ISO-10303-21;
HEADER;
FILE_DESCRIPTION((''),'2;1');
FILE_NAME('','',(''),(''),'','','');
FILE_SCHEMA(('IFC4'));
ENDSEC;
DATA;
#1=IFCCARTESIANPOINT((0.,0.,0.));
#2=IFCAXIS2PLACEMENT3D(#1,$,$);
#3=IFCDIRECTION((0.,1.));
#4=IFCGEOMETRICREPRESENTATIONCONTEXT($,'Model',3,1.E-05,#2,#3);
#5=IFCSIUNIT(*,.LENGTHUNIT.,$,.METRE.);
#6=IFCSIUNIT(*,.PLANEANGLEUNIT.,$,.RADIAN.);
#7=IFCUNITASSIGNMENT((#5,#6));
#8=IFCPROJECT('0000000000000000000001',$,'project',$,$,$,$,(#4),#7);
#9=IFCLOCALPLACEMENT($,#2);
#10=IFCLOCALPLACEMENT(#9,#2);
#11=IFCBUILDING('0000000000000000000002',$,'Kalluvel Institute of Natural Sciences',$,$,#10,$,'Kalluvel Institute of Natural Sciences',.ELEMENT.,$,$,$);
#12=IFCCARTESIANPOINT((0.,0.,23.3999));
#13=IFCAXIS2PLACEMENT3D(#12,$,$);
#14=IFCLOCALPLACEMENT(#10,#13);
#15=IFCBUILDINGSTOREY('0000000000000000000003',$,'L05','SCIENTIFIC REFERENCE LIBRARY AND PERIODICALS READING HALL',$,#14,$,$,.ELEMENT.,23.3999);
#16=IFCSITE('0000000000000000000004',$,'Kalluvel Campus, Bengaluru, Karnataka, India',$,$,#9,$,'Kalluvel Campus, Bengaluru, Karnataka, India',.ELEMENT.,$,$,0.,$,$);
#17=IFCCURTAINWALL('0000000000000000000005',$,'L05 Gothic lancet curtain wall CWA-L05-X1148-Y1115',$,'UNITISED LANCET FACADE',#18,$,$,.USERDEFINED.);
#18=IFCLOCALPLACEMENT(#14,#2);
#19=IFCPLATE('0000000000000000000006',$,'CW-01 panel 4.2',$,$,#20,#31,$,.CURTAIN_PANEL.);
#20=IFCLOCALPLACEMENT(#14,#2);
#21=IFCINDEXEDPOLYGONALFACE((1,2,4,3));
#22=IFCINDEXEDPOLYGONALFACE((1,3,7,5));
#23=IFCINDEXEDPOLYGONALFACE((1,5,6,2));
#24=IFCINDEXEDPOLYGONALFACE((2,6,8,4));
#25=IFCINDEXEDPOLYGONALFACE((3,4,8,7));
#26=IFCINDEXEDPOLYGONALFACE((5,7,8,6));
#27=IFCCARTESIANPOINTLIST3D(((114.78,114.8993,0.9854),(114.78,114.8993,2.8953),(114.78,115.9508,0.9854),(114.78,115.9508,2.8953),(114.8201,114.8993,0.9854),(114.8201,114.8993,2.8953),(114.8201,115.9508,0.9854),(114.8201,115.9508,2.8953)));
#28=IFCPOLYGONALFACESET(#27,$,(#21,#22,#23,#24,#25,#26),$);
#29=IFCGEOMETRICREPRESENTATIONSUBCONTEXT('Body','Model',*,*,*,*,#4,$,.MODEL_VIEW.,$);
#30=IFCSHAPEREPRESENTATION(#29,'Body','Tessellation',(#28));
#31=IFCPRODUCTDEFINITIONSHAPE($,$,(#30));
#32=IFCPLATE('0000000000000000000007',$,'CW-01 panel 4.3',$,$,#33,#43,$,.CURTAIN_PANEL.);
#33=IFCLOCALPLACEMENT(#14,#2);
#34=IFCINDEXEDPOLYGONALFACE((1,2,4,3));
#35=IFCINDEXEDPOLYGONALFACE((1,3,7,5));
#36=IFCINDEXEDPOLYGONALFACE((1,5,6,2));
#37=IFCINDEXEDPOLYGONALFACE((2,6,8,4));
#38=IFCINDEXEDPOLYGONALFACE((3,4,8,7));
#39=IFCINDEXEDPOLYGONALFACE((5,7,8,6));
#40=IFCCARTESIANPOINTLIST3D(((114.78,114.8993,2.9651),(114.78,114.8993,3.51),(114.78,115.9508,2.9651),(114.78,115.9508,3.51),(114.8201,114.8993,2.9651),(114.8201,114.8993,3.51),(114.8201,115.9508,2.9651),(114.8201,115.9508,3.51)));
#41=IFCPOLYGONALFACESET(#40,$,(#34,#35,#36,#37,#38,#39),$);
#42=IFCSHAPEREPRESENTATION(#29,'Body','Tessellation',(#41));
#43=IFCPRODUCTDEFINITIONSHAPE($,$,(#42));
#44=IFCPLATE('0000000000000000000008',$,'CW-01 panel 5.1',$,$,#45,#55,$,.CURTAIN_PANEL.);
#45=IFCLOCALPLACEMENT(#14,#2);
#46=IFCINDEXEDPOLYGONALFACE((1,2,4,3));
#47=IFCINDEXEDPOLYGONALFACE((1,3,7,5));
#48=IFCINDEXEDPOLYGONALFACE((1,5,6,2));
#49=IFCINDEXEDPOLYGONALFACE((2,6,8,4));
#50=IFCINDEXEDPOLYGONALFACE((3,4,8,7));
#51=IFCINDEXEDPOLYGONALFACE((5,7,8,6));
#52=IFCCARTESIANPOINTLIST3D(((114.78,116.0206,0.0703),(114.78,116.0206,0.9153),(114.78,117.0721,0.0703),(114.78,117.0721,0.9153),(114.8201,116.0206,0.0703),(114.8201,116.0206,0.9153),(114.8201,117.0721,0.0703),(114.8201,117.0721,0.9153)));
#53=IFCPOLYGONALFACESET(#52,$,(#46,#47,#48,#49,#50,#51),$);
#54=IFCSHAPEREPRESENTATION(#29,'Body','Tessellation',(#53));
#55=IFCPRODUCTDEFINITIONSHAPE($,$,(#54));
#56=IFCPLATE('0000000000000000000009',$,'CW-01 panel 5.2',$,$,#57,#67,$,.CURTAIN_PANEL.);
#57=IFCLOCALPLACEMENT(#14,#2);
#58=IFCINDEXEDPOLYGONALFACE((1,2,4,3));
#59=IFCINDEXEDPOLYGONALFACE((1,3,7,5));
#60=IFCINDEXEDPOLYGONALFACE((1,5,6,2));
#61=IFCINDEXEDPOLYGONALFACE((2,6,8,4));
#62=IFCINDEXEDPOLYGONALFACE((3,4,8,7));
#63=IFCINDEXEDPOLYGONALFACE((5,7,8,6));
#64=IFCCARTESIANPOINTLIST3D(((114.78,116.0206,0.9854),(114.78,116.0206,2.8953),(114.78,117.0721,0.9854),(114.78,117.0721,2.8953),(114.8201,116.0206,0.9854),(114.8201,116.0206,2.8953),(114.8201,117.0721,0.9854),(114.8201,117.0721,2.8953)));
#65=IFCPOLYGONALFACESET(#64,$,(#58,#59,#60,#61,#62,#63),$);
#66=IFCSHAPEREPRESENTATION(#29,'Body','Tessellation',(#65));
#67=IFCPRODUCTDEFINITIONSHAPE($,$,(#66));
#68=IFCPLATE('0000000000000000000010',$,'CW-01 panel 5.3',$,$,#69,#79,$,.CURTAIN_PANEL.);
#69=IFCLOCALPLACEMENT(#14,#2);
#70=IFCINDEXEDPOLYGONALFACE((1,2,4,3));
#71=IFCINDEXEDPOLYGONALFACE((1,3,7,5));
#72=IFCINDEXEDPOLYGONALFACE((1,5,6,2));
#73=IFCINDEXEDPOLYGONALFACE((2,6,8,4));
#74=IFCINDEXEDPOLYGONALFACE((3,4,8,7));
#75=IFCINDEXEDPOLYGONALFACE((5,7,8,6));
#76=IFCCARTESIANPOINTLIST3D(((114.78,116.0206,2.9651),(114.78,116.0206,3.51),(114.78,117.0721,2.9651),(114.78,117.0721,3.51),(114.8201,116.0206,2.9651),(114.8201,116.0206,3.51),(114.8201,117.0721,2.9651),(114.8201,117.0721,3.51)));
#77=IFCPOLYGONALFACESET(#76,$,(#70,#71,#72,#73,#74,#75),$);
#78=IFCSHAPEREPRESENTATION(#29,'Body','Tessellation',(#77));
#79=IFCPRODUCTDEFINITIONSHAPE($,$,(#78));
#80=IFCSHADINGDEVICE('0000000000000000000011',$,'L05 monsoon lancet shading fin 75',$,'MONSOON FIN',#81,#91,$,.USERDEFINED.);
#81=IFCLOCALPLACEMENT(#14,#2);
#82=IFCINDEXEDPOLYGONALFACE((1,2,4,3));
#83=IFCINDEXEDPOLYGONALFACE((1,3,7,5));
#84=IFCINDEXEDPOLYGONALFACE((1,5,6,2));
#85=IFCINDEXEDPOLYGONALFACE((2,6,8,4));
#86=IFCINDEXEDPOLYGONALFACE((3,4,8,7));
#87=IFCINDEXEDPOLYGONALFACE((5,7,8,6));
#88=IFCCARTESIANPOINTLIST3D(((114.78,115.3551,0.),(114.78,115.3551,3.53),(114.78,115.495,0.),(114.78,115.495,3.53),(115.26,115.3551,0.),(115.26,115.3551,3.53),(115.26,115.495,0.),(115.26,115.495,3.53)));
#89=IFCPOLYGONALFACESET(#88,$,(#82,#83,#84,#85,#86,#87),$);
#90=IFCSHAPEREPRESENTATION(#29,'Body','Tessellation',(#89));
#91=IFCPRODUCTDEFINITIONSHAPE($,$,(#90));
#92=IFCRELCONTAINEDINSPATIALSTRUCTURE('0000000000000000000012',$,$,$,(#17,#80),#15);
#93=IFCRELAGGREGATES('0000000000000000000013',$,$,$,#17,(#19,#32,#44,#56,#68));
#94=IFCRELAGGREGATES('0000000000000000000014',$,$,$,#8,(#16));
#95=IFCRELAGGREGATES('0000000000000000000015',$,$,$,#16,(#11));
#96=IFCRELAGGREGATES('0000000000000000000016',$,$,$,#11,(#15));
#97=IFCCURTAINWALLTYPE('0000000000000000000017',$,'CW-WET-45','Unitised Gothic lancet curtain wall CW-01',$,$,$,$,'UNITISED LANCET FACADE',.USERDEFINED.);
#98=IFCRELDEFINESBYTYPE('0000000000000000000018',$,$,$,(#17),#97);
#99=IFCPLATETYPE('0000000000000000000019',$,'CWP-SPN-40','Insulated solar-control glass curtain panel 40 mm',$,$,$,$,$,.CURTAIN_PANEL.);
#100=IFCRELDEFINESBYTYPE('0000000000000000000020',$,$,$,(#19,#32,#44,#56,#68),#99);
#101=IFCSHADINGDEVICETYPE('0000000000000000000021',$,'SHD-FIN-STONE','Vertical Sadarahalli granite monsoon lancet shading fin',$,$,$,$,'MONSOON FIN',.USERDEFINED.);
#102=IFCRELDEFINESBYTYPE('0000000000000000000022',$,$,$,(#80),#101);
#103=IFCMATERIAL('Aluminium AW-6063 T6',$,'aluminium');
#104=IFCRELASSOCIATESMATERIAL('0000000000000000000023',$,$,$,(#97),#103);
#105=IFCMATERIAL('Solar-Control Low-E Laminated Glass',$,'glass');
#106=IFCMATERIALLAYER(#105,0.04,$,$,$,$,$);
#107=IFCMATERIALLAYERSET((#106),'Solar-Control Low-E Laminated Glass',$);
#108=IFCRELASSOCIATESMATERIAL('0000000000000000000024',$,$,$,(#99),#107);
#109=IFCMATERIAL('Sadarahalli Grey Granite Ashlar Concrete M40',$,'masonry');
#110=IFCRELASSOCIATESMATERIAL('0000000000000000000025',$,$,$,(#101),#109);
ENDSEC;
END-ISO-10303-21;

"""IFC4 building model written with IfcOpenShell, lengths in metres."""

from ifc_helpers import new_model, si_unit, direction, frame, origin, origin_2d, place, context, subcontext, project, spatial, rectangle, extrude, material, layer, layer_set, type_object, element, aggregate, save


model = new_model("IFC4")

# Units and contexts
model_context = context("Model", 3, precision=1e-05, world=origin(), true_north=direction((0.0, 1.0)))
body_context = subcontext(model_context, "Body", "Model", "MODEL_VIEW")
ifc_project = project(units=[si_unit("LENGTHUNIT", "METRE"), si_unit("PLANEANGLEUNIT", "RADIAN")], contexts=[model_context])

# Site, building, storey
site_placement = place(None, origin())
site = spatial("IfcSite", under=ifc_project, at=site_placement, Name="Kalluvel Campus, Bengaluru, Karnataka, India", LongName="Kalluvel Campus, Bengaluru, Karnataka, India", CompositionType="ELEMENT", RefElevation=0.0)
building_placement = place(site_placement, origin())
building = spatial("IfcBuilding", under=site, at=building_placement, Name="Kalluvel Institute of Natural Sciences", LongName="Kalluvel Institute of Natural Sciences", CompositionType="ELEMENT")
storey_placement = place(building_placement, frame((0.0, 0.0, 23.3999)))
storey = spatial("IfcBuildingStorey", under=building, at=storey_placement, Name="L05", Description="SCIENTIFIC REFERENCE LIBRARY AND PERIODICALS READING HALL", CompositionType="ELEMENT", Elevation=23.3999)

# Curtain wall, plates
ifc_material_1 = material(Name="Aluminium AW-6063 T6", Category="aluminium")
curtain_wall_type = type_object("IfcCurtainWallType", Name="CW-WET-45", Description="Unitised Gothic lancet curtain wall CW-01", ElementType="UNITISED LANCET FACADE", PredefinedType="USERDEFINED", material=ifc_material_1)
curtain_wall_placement = place(storey_placement, origin())
curtain_wall = element("IfcCurtainWall", 1, at=curtain_wall_placement, inside=storey, type_object=curtain_wall_type, Name="L05 Gothic lancet curtain wall CWA-L05-X1148-Y1115", ObjectType="UNITISED LANCET FACADE", PredefinedType="USERDEFINED")
ifc_material_2 = material(Name="Solar-Control Low-E Laminated Glass", Category="glass")
ifc_layer = layer(ifc_material_2, 0.04)
ifc_layer_set = layer_set([ifc_layer], Name="Solar-Control Low-E Laminated Glass")
plate_type = type_object("IfcPlateType", Name="CWP-SPN-40", Description="Insulated solar-control glass curtain panel 40 mm", PredefinedType="CURTAIN_PANEL", material=ifc_layer_set)
plate_1_placement = place(storey_placement, frame((114.8, 115.425, 0.9854), z_axis=(0.0, 0.0, 1.0), x_axis=(0.0, 1.0, 0.0)))
plate_1 = element("IfcPlate", 2, at=plate_1_placement, type_object=plate_type, Name="CW-01 panel 4.2", PredefinedType="CURTAIN_PANEL", context=body_context, shape_type="SweptSolid", body=[
    extrude(rectangle(XDim=1.0515, YDim=0.04, at=origin_2d()), origin(), (0.0, 0.0, 1.0), 1.9099),
])
plate_2_placement = place(storey_placement, frame((114.8, 115.425, 2.9651), z_axis=(0.0, 0.0, 1.0), x_axis=(0.0, 1.0, 0.0)))
plate_2 = element("IfcPlate", 3, at=plate_2_placement, type_object=plate_type, Name="CW-01 panel 4.3", PredefinedType="CURTAIN_PANEL", context=body_context, shape_type="SweptSolid", body=[
    extrude(rectangle(XDim=1.0515, YDim=0.04, at=origin_2d()), origin(), (0.0, 0.0, 1.0), 0.5449),
])
plate_3_placement = place(storey_placement, frame((114.8, 116.5464, 0.0703), z_axis=(0.0, 0.0, 1.0), x_axis=(0.0, 1.0, 0.0)))
plate_3 = element("IfcPlate", 4, at=plate_3_placement, type_object=plate_type, Name="CW-01 panel 5.1", PredefinedType="CURTAIN_PANEL", context=body_context, shape_type="SweptSolid", body=[
    extrude(rectangle(XDim=1.0515, YDim=0.04, at=origin_2d()), origin(), (0.0, 0.0, 1.0), 0.845),
])
plate_4_placement = place(storey_placement, frame((114.8, 116.5464, 0.9854), z_axis=(0.0, 0.0, 1.0), x_axis=(0.0, 1.0, 0.0)))
plate_4 = element("IfcPlate", 5, at=plate_4_placement, type_object=plate_type, Name="CW-01 panel 5.2", PredefinedType="CURTAIN_PANEL", context=body_context, shape_type="SweptSolid", body=[
    extrude(rectangle(XDim=1.0515, YDim=0.04, at=origin_2d()), origin(), (0.0, 0.0, 1.0), 1.9099),
])
plate_5_placement = place(storey_placement, frame((114.8, 116.5464, 2.9651), z_axis=(0.0, 0.0, 1.0), x_axis=(0.0, 1.0, 0.0)))
plate_5 = element("IfcPlate", 6, at=plate_5_placement, type_object=plate_type, Name="CW-01 panel 5.3", PredefinedType="CURTAIN_PANEL", context=body_context, shape_type="SweptSolid", body=[
    extrude(rectangle(XDim=1.0515, YDim=0.04, at=origin_2d()), origin(), (0.0, 0.0, 1.0), 0.5449),
])
aggregate(curtain_wall, [plate_1, plate_2, plate_3, plate_4, plate_5])

# Shading device
ifc_material_3 = material(Name="Sadarahalli Grey Granite Ashlar Concrete M40", Category="masonry")
shading_device_type = type_object("IfcShadingDeviceType", Name="SHD-FIN-STONE", Description="Vertical Sadarahalli granite monsoon lancet shading fin", ElementType="MONSOON FIN", PredefinedType="USERDEFINED", material=ifc_material_3)
shading_device_placement = place(storey_placement, frame((115.02, 115.425, 0.0), z_axis=(0.0, 0.0, 1.0), x_axis=(0.0, 1.0, 0.0)))
element("IfcShadingDevice", 7, at=shading_device_placement, inside=storey, type_object=shading_device_type, Name="L05 monsoon lancet shading fin 75", ObjectType="MONSOON FIN", PredefinedType="USERDEFINED", context=body_context, shape_type="SweptSolid", body=[
    extrude(rectangle(XDim=0.1399, YDim=0.48, at=origin_2d()), origin(), (0.0, 0.0, 1.0), 3.53),
])

save(model, "model.ifc")
